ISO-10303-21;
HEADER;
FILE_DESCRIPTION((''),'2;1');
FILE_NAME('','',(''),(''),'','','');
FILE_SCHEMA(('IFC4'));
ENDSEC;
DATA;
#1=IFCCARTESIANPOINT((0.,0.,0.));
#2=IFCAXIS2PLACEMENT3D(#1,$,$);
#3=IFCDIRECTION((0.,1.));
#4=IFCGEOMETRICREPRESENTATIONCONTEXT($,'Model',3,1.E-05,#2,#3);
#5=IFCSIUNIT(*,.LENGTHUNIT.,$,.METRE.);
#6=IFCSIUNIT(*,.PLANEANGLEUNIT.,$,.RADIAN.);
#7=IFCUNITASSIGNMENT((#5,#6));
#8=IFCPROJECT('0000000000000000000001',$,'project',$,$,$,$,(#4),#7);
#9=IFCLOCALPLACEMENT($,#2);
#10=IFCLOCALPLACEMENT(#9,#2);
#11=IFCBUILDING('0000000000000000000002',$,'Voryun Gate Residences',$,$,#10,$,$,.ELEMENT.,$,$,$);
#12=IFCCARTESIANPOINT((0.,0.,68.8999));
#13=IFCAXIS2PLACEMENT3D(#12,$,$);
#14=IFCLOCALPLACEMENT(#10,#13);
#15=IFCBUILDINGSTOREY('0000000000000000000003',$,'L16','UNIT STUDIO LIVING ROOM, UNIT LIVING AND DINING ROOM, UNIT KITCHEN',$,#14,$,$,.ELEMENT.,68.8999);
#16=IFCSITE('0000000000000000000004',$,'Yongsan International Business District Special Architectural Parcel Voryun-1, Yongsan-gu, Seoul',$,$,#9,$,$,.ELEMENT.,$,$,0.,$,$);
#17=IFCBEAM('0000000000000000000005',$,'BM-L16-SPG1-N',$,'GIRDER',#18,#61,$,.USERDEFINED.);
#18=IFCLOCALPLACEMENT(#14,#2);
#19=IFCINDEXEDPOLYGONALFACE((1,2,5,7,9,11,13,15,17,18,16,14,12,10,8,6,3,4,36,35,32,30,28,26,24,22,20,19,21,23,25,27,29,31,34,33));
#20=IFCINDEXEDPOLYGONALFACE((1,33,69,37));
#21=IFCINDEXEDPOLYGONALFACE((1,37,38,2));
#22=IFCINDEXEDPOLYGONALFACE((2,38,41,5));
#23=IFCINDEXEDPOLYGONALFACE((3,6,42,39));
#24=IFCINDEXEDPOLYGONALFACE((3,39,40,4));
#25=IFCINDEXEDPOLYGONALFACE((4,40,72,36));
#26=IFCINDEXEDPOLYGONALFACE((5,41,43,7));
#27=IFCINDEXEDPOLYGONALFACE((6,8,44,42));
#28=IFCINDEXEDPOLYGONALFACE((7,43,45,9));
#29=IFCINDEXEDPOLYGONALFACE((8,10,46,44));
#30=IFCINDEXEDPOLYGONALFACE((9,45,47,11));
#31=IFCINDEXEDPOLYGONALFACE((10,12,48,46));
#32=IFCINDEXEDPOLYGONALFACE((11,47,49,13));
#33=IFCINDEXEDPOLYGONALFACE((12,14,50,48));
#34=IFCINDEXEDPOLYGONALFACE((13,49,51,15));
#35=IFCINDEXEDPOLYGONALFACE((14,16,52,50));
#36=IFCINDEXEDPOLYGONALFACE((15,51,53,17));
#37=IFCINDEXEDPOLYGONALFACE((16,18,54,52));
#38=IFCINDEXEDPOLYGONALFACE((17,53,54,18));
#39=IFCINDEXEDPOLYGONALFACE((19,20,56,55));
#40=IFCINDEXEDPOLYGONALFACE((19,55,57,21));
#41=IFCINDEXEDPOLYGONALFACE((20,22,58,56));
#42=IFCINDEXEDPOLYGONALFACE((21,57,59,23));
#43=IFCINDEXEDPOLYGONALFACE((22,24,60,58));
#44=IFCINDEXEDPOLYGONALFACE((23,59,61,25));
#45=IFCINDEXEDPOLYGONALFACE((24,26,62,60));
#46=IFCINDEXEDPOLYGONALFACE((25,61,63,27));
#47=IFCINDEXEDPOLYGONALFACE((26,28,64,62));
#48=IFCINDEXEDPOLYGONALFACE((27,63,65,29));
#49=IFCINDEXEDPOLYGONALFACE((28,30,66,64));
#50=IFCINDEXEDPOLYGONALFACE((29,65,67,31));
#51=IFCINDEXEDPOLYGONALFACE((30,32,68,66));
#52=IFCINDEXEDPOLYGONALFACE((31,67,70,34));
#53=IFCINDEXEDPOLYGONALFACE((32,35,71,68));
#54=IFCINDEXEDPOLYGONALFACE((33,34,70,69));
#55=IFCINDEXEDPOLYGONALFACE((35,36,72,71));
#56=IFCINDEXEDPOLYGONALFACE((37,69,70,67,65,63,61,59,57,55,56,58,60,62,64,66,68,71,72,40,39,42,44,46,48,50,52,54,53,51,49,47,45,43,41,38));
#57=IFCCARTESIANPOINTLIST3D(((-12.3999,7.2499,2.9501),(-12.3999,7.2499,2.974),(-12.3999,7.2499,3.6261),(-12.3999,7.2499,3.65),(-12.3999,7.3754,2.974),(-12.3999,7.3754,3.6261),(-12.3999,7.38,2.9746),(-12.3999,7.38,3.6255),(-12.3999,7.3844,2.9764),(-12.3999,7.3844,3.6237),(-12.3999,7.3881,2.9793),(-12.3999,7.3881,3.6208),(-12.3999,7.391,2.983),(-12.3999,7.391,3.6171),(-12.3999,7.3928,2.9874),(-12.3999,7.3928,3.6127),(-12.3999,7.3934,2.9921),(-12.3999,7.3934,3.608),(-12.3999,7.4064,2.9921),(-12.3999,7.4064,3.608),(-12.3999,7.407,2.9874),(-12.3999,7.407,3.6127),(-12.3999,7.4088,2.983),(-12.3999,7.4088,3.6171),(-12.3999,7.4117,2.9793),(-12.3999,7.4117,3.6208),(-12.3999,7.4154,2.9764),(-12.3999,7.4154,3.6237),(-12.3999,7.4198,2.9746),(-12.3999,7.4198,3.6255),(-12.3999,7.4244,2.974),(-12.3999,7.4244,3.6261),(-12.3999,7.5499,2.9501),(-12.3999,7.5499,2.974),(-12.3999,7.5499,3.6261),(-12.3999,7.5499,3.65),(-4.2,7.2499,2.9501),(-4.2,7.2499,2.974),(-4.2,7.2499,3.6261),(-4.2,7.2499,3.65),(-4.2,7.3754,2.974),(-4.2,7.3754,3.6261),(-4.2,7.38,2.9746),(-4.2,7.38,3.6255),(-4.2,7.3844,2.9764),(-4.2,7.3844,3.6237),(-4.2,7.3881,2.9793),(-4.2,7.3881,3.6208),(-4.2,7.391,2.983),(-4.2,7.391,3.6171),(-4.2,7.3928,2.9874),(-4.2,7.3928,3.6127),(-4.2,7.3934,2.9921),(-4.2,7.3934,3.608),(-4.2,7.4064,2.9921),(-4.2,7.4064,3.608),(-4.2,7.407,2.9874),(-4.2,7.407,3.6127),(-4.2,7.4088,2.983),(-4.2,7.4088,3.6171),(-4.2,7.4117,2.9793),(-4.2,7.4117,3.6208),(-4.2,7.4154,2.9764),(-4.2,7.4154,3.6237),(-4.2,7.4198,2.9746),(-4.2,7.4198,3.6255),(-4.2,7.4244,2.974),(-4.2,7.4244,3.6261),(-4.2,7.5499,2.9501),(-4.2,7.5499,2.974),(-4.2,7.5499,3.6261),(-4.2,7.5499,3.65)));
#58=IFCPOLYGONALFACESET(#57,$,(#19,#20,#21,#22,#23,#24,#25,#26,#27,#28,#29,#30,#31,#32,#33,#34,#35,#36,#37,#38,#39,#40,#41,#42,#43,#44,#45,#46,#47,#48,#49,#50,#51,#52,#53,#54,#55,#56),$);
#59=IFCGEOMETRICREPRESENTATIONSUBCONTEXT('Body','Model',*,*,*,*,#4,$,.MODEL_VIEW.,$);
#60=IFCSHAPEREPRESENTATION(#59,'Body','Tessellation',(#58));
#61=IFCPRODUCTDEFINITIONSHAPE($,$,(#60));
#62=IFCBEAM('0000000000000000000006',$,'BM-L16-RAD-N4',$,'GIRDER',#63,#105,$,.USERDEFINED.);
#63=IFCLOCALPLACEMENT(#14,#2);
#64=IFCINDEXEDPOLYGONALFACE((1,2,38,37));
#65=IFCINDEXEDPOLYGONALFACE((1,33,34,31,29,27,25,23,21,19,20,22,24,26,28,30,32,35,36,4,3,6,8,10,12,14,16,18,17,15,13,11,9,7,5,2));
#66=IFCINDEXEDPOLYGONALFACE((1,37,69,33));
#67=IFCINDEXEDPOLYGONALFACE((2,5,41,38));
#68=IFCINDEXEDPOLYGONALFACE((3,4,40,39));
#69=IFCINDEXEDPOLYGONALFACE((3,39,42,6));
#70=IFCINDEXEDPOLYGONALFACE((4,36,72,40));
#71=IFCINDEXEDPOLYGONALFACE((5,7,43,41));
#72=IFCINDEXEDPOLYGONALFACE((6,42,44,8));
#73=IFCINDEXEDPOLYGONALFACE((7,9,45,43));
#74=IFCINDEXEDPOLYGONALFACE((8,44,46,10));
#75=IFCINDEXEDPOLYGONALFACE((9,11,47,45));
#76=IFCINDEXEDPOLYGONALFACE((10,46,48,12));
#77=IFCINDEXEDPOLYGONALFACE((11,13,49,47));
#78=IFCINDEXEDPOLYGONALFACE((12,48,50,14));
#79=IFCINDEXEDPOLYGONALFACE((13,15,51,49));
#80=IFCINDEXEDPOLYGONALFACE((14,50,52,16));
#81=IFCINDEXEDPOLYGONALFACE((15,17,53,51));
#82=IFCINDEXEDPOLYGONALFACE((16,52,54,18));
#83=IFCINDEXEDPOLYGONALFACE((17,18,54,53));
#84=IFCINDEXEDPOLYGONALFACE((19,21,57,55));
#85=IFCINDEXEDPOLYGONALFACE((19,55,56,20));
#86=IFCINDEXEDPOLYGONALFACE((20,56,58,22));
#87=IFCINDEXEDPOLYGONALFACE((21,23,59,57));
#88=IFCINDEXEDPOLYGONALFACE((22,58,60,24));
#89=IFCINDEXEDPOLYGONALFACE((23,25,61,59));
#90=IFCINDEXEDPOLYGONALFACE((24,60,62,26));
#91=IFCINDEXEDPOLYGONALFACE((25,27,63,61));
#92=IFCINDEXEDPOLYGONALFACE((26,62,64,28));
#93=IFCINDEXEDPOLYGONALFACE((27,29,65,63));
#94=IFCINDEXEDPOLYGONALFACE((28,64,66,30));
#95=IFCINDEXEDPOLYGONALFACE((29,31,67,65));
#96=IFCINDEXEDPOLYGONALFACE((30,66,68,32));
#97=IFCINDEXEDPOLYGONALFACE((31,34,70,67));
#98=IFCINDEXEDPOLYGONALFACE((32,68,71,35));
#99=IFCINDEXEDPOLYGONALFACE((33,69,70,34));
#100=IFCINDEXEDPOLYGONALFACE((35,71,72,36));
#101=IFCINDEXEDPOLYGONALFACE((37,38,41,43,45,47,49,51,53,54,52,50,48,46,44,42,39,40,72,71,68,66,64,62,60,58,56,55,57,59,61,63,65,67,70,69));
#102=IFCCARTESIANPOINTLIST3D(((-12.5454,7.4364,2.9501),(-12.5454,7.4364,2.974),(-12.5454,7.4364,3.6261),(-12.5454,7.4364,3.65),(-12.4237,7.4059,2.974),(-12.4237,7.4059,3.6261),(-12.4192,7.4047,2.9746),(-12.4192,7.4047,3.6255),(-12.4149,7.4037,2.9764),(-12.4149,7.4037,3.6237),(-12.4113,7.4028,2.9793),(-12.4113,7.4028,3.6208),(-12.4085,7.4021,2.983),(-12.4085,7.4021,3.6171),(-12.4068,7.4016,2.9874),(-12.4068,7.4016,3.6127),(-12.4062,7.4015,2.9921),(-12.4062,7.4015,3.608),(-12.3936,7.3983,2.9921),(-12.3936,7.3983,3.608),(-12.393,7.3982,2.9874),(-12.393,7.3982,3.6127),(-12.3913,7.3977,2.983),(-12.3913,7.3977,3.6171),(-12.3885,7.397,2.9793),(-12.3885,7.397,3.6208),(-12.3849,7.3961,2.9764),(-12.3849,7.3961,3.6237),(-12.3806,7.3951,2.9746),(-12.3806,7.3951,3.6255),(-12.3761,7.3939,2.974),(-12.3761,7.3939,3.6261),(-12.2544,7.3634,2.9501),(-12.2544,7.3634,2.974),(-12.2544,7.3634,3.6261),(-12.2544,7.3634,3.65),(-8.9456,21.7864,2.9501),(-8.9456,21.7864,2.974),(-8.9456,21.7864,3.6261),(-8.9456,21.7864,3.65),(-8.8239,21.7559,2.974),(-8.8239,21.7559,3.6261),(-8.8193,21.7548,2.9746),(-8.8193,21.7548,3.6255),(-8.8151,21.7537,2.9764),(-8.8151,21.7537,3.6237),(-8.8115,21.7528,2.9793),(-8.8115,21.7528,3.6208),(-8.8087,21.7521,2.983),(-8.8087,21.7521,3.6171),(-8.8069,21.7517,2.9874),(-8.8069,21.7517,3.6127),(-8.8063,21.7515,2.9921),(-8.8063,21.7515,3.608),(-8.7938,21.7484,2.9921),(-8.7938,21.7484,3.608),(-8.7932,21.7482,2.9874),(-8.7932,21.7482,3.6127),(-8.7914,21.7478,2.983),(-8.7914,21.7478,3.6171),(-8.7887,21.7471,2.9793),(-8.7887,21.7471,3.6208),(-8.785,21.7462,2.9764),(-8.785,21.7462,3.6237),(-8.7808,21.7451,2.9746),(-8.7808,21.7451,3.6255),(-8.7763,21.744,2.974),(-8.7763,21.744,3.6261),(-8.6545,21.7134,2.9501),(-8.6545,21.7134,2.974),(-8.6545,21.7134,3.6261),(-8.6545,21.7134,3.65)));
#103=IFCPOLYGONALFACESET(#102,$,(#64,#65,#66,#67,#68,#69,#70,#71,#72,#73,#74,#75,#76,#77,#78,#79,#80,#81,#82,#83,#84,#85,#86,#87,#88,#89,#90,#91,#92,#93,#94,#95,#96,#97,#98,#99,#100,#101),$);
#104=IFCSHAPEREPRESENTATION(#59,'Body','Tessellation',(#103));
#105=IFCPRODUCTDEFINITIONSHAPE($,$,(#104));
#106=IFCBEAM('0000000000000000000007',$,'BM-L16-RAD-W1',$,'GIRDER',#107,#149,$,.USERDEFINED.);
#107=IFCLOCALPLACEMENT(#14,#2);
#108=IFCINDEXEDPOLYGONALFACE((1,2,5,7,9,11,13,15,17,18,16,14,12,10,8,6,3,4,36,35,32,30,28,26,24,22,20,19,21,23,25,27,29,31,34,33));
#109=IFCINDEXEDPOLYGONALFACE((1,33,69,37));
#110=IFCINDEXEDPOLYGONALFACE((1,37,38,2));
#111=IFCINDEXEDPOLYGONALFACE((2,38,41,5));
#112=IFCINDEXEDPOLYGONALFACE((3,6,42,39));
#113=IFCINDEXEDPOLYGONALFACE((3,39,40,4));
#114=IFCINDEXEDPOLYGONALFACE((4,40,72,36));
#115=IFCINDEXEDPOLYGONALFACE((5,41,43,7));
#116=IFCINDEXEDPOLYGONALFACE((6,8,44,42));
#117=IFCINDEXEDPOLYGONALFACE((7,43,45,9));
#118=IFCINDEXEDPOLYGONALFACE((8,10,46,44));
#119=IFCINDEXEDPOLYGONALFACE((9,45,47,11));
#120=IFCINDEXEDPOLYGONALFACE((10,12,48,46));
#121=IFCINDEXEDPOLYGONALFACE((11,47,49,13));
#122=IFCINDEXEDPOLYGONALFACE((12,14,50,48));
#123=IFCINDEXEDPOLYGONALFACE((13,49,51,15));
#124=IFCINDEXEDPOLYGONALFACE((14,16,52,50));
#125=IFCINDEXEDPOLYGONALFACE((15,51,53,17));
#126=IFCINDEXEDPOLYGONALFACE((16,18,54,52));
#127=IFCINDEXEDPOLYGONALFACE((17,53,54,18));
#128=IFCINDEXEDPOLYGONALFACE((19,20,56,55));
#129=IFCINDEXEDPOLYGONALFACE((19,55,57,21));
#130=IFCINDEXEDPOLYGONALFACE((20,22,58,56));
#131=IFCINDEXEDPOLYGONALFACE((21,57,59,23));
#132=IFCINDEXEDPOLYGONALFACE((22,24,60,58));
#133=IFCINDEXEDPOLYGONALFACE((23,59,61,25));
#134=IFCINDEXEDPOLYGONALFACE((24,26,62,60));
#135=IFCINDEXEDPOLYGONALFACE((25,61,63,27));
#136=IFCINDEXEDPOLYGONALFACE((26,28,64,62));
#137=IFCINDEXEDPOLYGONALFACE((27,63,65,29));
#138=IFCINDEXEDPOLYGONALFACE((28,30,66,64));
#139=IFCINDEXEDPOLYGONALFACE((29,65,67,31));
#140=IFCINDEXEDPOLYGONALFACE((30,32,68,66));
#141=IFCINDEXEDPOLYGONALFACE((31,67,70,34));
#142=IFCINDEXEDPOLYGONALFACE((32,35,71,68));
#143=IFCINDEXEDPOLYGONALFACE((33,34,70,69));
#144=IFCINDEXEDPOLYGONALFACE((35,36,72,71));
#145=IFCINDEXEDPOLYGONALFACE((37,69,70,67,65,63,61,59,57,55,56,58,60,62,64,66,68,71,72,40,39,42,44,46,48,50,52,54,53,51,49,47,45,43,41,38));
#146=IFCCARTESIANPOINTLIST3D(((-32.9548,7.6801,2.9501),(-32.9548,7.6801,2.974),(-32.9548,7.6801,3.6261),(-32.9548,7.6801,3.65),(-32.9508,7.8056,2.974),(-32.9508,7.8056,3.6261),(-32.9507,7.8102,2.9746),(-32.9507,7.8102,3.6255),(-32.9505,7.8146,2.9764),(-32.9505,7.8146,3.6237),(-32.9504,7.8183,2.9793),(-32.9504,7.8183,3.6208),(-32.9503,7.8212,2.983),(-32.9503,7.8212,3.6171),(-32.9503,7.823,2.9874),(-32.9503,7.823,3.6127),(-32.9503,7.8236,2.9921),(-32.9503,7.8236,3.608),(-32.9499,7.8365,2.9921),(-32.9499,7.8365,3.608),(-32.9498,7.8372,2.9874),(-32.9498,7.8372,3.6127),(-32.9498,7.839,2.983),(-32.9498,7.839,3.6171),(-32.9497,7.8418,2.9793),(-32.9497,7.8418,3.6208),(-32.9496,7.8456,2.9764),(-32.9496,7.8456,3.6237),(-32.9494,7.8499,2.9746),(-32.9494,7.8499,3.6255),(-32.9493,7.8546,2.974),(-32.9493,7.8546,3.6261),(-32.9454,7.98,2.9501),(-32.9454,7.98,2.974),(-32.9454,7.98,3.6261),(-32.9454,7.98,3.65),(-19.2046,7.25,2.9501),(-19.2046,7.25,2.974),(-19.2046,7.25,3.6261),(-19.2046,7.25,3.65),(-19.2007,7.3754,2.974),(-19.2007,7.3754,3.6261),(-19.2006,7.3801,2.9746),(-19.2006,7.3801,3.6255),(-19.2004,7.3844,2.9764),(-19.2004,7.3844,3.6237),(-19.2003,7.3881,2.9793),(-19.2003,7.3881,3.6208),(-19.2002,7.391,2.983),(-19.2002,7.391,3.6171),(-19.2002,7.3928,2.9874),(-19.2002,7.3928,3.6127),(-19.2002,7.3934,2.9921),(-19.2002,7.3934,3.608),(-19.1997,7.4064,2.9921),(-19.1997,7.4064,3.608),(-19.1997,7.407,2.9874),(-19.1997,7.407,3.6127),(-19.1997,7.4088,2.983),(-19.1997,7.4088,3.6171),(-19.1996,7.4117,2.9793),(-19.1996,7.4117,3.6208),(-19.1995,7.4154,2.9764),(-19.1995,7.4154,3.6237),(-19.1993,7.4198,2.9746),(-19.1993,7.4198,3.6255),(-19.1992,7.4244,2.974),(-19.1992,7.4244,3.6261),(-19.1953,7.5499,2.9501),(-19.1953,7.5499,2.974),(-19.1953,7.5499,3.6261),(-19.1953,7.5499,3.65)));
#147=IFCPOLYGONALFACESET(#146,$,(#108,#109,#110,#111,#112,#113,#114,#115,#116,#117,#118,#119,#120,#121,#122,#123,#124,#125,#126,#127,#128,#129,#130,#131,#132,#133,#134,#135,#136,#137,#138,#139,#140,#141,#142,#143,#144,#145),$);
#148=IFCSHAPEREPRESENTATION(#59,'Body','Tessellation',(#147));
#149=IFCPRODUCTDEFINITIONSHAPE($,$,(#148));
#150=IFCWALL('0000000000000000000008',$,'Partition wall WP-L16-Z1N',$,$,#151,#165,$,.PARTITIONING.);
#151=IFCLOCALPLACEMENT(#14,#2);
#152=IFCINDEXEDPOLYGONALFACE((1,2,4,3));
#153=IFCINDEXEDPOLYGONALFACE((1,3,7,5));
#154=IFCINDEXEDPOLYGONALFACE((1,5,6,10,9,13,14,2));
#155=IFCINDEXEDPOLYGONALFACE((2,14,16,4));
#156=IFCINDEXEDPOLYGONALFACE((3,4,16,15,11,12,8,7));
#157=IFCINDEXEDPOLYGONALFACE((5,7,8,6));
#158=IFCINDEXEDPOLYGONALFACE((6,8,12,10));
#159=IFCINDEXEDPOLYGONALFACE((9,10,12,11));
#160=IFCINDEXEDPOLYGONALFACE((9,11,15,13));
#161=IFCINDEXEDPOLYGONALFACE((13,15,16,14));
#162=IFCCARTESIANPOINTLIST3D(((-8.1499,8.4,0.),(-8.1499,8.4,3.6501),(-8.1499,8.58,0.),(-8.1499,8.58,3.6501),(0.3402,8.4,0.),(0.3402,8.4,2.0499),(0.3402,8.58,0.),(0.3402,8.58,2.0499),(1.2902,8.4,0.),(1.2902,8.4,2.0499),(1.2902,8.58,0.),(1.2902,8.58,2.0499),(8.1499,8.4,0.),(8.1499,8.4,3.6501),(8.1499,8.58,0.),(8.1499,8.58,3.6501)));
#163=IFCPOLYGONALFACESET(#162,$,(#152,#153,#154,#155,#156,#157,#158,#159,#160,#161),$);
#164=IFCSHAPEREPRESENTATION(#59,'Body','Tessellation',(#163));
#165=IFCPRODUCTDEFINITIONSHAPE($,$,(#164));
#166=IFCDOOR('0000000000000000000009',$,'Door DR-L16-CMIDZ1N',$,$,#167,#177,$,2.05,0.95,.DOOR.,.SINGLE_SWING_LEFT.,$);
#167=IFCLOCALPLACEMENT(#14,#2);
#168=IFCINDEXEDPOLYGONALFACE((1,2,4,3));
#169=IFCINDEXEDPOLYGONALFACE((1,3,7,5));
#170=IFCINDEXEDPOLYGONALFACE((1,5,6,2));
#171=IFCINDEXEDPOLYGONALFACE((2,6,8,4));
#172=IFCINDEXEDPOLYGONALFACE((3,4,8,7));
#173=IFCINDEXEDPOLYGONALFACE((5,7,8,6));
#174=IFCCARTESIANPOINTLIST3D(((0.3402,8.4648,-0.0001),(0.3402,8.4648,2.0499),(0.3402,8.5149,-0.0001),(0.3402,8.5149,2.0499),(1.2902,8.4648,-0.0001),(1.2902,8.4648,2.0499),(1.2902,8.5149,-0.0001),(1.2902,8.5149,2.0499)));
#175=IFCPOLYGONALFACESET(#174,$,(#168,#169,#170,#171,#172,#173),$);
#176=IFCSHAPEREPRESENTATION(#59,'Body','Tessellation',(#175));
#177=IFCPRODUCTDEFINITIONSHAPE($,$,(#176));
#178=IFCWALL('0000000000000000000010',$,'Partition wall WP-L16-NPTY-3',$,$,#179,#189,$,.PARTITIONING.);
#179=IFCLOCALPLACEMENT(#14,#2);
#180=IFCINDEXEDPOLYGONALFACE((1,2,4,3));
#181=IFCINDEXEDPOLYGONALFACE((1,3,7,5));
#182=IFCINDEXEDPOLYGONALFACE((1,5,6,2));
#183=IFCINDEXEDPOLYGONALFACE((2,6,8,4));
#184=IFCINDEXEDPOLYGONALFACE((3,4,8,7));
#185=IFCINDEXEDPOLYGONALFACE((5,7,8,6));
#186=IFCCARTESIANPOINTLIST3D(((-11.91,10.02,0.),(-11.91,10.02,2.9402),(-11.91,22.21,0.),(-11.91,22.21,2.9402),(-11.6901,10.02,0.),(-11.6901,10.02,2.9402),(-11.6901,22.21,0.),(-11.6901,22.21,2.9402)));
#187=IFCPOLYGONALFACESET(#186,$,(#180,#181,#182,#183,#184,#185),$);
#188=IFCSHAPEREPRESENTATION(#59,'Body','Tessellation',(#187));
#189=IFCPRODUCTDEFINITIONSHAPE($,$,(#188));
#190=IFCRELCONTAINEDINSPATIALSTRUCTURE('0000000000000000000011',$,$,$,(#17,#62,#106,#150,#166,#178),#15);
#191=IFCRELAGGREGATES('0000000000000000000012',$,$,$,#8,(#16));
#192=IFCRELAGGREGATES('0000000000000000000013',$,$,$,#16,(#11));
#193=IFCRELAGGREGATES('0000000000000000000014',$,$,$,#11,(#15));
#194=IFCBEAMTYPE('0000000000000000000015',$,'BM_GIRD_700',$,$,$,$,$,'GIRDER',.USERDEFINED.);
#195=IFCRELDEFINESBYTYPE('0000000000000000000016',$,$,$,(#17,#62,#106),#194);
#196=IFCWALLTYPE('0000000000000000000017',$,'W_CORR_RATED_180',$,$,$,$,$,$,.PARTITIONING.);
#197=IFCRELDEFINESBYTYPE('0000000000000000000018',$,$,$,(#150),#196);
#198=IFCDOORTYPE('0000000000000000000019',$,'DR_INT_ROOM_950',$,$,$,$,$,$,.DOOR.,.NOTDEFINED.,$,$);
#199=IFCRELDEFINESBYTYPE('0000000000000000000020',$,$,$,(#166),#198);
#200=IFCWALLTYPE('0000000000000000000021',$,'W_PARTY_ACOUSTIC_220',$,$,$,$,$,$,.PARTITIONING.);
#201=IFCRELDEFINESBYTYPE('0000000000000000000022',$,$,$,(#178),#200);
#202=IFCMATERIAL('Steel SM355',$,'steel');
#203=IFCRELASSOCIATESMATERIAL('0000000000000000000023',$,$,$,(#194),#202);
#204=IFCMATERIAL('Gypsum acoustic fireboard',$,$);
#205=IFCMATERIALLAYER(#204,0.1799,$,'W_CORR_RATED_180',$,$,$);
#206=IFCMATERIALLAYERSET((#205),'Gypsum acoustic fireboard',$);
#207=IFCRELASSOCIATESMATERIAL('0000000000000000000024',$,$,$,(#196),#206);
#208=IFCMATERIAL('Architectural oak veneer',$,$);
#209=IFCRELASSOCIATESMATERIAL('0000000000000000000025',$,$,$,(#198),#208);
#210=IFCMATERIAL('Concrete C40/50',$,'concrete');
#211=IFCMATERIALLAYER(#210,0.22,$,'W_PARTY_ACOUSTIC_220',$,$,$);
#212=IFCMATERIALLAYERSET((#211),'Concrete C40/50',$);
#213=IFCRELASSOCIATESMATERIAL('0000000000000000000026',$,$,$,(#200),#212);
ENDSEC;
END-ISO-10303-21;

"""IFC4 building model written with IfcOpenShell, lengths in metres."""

from ifc_helpers import new_model, si_unit, direction, frame, frame_2d, origin, origin_2d, place, context, subcontext, project, spatial, rectangle, i_section, extrude, material, layer, layer_set, material_profile, profile_set, type_object, element, fill, save


model = new_model("IFC4")

# Units and contexts
model_context = context("Model", 3, precision=1e-05, world=origin(), true_north=direction((0.0, 1.0)))
body_context = subcontext(model_context, "Body", "Model", "MODEL_VIEW")
ifc_project = project(units=[si_unit("LENGTHUNIT", "METRE"), si_unit("PLANEANGLEUNIT", "RADIAN")], contexts=[model_context])

# Site, building, storey
site_placement = place(None, origin())
site = spatial("IfcSite", under=ifc_project, at=site_placement, Name="Yongsan International Business District Special Architectural Parcel Voryun-1, Yongsan-gu, Seoul", CompositionType="ELEMENT", RefElevation=0.0)
building_placement = place(site_placement, origin())
building = spatial("IfcBuilding", under=site, at=building_placement, Name="Voryun Gate Residences", CompositionType="ELEMENT")
storey_placement = place(building_placement, frame((0.0, 0.0, 68.8999)))
storey = spatial("IfcBuildingStorey", under=building, at=storey_placement, Name="L16", Description="UNIT STUDIO LIVING ROOM, UNIT LIVING AND DINING ROOM, UNIT KITCHEN", CompositionType="ELEMENT", Elevation=68.8999)

# Beams
ifc_material_1 = material(Name="Steel SM355", Category="steel")
ifc_material_profile_1 = material_profile(ifc_material_1, i_section(OverallWidth=0.3, OverallDepth=0.7, WebThickness=0.0129, FlangeThickness=0.0239, FilletRadius=0.0181, at=origin_2d()), Name="H-700x300x13x24")
ifc_profile_set_1 = profile_set([ifc_material_profile_1], Name="Steel SM355")
beam_type_1 = type_object("IfcBeamType", Name="BM_GIRD_700", ElementType="GIRDER", PredefinedType="USERDEFINED", material=ifc_profile_set_1)
beam_1_placement = place(storey_placement, frame((-12.3999, 7.3999, 3.3), z_axis=(1.0, 0.0, 0.0), x_axis=(0.0, 1.0, 0.0)))
element("IfcBeam", 1, at=beam_1_placement, inside=storey, type_object=beam_type_1, Name="BM-L16-SPG1-N", ObjectType="GIRDER", PredefinedType="USERDEFINED", context=body_context, shape_type="SweptSolid", body=[
    extrude(i_section(OverallWidth=0.3, OverallDepth=0.7, WebThickness=0.0129, FlangeThickness=0.0239, FilletRadius=0.0181, at=origin_2d()), origin(), (0.0, 0.0, 1.0), 8.2),
])
beam_2_placement = place(storey_placement, frame((-12.3999, 7.3999, 3.3), z_axis=(0.24332, 0.969946, 0.0), x_axis=(-0.969946, 0.24332, 0.0)))
element("IfcBeam", 2, at=beam_2_placement, inside=storey, type_object=beam_type_1, Name="BM-L16-RAD-N4", ObjectType="GIRDER", PredefinedType="USERDEFINED", context=body_context, shape_type="SweptSolid", body=[
    extrude(i_section(OverallWidth=0.3, OverallDepth=0.7, WebThickness=0.0129, FlangeThickness=0.0239, FilletRadius=0.0181, at=origin_2d()), origin(), (0.0, 0.0, 1.0), 14.7947),
])
beam_3_placement = place(storey_placement, frame((-19.2, 7.3999, 3.3), z_axis=(-0.999511, 0.03127, 0.0), x_axis=(-0.03127, -0.999511, 0.0)))
element("IfcBeam", 3, at=beam_3_placement, inside=storey, type_object=beam_type_1, Name="BM-L16-RAD-W1", ObjectType="GIRDER", PredefinedType="USERDEFINED", context=body_context, shape_type="SweptSolid", body=[
    extrude(i_section(OverallWidth=0.3, OverallDepth=0.7, WebThickness=0.0129, FlangeThickness=0.0239, FilletRadius=0.0181, at=origin_2d()), origin(), (0.0, 0.0, 1.0), 13.7568),
])

# Wall, opening, door
ifc_material_2 = material(Name="Gypsum acoustic fireboard")
ifc_layer_1 = layer(ifc_material_2, 0.1799, Name="W_CORR_RATED_180")
ifc_layer_set_1 = layer_set([ifc_layer_1], Name="Gypsum acoustic fireboard")
wall_type_1 = type_object("IfcWallType", Name="W_CORR_RATED_180", PredefinedType="PARTITIONING", material=ifc_layer_set_1)
wall_1_placement = place(storey_placement, frame((-8.1499, 8.49, 0.0), z_axis=(0.0, 0.0, 1.0), x_axis=(1.0, 0.0, 0.0)))
wall_1 = element("IfcWall", 4, at=wall_1_placement, inside=storey, type_object=wall_type_1, Name="Partition wall WP-L16-Z1N", PredefinedType="PARTITIONING", context=body_context, shape_type="SweptSolid", body=[
    extrude(rectangle(XDim=16.2998, YDim=0.1799, at=frame_2d((8.1499, 0.0))), origin(), (0.0, 0.0, 1.0), 3.6501),
])
opening_1_placement = place(wall_1_placement, frame((8.49, 0.0, 0.0)))
opening_1 = element("IfcOpeningElement", 5, at=opening_1_placement, cuts=wall_1, PredefinedType="OPENING", context=body_context, shape_type="SweptSolid", body=[
    extrude(rectangle(XDim=0.95, YDim=2.05, at=frame_2d((0.4751, 1.0249))), frame((0.0, 0.0999, 0.0), z_axis=(0.0, -1.0, 0.0), x_axis=(1.0, 0.0, 0.0)), (0.0, 0.0, 1.0), 0.2),
])
ifc_material_3 = material(Name="Architectural oak veneer")
door_type_1 = type_object("IfcDoorType", Name="DR_INT_ROOM_950", OperationType="NOTDEFINED", PredefinedType="DOOR", material=ifc_material_3)
door_1_placement = place(opening_1_placement, origin())
door_1 = element("IfcDoor", 6, at=door_1_placement, inside=storey, type_object=door_type_1, Name="Door DR-L16-CMIDZ1N", OperationType="SINGLE_SWING_LEFT", OverallHeight=2.05, OverallWidth=0.95, PredefinedType="DOOR", context=body_context, shape_type="SweptSolid", body=[
    extrude(rectangle(XDim=0.95, YDim=2.05, at=frame_2d((0.4751, 1.0249))), frame((0.0, 0.0249, 0.0), z_axis=(0.0, -1.0, 0.0), x_axis=(1.0, 0.0, 0.0)), (0.0, 0.0, 1.0), 0.05),
])
fill(opening_1, door_1)

# Wall
ifc_material_4 = material(Name="Concrete C40/50", Category="concrete")
ifc_layer_2 = layer(ifc_material_4, 0.22, Name="W_PARTY_ACOUSTIC_220")
ifc_layer_set_2 = layer_set([ifc_layer_2], Name="Concrete C40/50")
wall_type_2 = type_object("IfcWallType", Name="W_PARTY_ACOUSTIC_220", PredefinedType="PARTITIONING", material=ifc_layer_set_2)
wall_2_placement = place(storey_placement, frame((-11.8, 10.02, 0.0), z_axis=(0.0, 0.0, 1.0), x_axis=(0.0, 1.0, 0.0)))
element("IfcWall", 7, at=wall_2_placement, inside=storey, type_object=wall_type_2, Name="Partition wall WP-L16-NPTY-3", PredefinedType="PARTITIONING", context=body_context, shape_type="SweptSolid", body=[
    extrude(rectangle(XDim=12.1899, YDim=0.22, at=frame_2d((6.095, 0.0))), origin(), (0.0, 0.0, 1.0), 2.9402),
])

save(model, "model.ifc")
